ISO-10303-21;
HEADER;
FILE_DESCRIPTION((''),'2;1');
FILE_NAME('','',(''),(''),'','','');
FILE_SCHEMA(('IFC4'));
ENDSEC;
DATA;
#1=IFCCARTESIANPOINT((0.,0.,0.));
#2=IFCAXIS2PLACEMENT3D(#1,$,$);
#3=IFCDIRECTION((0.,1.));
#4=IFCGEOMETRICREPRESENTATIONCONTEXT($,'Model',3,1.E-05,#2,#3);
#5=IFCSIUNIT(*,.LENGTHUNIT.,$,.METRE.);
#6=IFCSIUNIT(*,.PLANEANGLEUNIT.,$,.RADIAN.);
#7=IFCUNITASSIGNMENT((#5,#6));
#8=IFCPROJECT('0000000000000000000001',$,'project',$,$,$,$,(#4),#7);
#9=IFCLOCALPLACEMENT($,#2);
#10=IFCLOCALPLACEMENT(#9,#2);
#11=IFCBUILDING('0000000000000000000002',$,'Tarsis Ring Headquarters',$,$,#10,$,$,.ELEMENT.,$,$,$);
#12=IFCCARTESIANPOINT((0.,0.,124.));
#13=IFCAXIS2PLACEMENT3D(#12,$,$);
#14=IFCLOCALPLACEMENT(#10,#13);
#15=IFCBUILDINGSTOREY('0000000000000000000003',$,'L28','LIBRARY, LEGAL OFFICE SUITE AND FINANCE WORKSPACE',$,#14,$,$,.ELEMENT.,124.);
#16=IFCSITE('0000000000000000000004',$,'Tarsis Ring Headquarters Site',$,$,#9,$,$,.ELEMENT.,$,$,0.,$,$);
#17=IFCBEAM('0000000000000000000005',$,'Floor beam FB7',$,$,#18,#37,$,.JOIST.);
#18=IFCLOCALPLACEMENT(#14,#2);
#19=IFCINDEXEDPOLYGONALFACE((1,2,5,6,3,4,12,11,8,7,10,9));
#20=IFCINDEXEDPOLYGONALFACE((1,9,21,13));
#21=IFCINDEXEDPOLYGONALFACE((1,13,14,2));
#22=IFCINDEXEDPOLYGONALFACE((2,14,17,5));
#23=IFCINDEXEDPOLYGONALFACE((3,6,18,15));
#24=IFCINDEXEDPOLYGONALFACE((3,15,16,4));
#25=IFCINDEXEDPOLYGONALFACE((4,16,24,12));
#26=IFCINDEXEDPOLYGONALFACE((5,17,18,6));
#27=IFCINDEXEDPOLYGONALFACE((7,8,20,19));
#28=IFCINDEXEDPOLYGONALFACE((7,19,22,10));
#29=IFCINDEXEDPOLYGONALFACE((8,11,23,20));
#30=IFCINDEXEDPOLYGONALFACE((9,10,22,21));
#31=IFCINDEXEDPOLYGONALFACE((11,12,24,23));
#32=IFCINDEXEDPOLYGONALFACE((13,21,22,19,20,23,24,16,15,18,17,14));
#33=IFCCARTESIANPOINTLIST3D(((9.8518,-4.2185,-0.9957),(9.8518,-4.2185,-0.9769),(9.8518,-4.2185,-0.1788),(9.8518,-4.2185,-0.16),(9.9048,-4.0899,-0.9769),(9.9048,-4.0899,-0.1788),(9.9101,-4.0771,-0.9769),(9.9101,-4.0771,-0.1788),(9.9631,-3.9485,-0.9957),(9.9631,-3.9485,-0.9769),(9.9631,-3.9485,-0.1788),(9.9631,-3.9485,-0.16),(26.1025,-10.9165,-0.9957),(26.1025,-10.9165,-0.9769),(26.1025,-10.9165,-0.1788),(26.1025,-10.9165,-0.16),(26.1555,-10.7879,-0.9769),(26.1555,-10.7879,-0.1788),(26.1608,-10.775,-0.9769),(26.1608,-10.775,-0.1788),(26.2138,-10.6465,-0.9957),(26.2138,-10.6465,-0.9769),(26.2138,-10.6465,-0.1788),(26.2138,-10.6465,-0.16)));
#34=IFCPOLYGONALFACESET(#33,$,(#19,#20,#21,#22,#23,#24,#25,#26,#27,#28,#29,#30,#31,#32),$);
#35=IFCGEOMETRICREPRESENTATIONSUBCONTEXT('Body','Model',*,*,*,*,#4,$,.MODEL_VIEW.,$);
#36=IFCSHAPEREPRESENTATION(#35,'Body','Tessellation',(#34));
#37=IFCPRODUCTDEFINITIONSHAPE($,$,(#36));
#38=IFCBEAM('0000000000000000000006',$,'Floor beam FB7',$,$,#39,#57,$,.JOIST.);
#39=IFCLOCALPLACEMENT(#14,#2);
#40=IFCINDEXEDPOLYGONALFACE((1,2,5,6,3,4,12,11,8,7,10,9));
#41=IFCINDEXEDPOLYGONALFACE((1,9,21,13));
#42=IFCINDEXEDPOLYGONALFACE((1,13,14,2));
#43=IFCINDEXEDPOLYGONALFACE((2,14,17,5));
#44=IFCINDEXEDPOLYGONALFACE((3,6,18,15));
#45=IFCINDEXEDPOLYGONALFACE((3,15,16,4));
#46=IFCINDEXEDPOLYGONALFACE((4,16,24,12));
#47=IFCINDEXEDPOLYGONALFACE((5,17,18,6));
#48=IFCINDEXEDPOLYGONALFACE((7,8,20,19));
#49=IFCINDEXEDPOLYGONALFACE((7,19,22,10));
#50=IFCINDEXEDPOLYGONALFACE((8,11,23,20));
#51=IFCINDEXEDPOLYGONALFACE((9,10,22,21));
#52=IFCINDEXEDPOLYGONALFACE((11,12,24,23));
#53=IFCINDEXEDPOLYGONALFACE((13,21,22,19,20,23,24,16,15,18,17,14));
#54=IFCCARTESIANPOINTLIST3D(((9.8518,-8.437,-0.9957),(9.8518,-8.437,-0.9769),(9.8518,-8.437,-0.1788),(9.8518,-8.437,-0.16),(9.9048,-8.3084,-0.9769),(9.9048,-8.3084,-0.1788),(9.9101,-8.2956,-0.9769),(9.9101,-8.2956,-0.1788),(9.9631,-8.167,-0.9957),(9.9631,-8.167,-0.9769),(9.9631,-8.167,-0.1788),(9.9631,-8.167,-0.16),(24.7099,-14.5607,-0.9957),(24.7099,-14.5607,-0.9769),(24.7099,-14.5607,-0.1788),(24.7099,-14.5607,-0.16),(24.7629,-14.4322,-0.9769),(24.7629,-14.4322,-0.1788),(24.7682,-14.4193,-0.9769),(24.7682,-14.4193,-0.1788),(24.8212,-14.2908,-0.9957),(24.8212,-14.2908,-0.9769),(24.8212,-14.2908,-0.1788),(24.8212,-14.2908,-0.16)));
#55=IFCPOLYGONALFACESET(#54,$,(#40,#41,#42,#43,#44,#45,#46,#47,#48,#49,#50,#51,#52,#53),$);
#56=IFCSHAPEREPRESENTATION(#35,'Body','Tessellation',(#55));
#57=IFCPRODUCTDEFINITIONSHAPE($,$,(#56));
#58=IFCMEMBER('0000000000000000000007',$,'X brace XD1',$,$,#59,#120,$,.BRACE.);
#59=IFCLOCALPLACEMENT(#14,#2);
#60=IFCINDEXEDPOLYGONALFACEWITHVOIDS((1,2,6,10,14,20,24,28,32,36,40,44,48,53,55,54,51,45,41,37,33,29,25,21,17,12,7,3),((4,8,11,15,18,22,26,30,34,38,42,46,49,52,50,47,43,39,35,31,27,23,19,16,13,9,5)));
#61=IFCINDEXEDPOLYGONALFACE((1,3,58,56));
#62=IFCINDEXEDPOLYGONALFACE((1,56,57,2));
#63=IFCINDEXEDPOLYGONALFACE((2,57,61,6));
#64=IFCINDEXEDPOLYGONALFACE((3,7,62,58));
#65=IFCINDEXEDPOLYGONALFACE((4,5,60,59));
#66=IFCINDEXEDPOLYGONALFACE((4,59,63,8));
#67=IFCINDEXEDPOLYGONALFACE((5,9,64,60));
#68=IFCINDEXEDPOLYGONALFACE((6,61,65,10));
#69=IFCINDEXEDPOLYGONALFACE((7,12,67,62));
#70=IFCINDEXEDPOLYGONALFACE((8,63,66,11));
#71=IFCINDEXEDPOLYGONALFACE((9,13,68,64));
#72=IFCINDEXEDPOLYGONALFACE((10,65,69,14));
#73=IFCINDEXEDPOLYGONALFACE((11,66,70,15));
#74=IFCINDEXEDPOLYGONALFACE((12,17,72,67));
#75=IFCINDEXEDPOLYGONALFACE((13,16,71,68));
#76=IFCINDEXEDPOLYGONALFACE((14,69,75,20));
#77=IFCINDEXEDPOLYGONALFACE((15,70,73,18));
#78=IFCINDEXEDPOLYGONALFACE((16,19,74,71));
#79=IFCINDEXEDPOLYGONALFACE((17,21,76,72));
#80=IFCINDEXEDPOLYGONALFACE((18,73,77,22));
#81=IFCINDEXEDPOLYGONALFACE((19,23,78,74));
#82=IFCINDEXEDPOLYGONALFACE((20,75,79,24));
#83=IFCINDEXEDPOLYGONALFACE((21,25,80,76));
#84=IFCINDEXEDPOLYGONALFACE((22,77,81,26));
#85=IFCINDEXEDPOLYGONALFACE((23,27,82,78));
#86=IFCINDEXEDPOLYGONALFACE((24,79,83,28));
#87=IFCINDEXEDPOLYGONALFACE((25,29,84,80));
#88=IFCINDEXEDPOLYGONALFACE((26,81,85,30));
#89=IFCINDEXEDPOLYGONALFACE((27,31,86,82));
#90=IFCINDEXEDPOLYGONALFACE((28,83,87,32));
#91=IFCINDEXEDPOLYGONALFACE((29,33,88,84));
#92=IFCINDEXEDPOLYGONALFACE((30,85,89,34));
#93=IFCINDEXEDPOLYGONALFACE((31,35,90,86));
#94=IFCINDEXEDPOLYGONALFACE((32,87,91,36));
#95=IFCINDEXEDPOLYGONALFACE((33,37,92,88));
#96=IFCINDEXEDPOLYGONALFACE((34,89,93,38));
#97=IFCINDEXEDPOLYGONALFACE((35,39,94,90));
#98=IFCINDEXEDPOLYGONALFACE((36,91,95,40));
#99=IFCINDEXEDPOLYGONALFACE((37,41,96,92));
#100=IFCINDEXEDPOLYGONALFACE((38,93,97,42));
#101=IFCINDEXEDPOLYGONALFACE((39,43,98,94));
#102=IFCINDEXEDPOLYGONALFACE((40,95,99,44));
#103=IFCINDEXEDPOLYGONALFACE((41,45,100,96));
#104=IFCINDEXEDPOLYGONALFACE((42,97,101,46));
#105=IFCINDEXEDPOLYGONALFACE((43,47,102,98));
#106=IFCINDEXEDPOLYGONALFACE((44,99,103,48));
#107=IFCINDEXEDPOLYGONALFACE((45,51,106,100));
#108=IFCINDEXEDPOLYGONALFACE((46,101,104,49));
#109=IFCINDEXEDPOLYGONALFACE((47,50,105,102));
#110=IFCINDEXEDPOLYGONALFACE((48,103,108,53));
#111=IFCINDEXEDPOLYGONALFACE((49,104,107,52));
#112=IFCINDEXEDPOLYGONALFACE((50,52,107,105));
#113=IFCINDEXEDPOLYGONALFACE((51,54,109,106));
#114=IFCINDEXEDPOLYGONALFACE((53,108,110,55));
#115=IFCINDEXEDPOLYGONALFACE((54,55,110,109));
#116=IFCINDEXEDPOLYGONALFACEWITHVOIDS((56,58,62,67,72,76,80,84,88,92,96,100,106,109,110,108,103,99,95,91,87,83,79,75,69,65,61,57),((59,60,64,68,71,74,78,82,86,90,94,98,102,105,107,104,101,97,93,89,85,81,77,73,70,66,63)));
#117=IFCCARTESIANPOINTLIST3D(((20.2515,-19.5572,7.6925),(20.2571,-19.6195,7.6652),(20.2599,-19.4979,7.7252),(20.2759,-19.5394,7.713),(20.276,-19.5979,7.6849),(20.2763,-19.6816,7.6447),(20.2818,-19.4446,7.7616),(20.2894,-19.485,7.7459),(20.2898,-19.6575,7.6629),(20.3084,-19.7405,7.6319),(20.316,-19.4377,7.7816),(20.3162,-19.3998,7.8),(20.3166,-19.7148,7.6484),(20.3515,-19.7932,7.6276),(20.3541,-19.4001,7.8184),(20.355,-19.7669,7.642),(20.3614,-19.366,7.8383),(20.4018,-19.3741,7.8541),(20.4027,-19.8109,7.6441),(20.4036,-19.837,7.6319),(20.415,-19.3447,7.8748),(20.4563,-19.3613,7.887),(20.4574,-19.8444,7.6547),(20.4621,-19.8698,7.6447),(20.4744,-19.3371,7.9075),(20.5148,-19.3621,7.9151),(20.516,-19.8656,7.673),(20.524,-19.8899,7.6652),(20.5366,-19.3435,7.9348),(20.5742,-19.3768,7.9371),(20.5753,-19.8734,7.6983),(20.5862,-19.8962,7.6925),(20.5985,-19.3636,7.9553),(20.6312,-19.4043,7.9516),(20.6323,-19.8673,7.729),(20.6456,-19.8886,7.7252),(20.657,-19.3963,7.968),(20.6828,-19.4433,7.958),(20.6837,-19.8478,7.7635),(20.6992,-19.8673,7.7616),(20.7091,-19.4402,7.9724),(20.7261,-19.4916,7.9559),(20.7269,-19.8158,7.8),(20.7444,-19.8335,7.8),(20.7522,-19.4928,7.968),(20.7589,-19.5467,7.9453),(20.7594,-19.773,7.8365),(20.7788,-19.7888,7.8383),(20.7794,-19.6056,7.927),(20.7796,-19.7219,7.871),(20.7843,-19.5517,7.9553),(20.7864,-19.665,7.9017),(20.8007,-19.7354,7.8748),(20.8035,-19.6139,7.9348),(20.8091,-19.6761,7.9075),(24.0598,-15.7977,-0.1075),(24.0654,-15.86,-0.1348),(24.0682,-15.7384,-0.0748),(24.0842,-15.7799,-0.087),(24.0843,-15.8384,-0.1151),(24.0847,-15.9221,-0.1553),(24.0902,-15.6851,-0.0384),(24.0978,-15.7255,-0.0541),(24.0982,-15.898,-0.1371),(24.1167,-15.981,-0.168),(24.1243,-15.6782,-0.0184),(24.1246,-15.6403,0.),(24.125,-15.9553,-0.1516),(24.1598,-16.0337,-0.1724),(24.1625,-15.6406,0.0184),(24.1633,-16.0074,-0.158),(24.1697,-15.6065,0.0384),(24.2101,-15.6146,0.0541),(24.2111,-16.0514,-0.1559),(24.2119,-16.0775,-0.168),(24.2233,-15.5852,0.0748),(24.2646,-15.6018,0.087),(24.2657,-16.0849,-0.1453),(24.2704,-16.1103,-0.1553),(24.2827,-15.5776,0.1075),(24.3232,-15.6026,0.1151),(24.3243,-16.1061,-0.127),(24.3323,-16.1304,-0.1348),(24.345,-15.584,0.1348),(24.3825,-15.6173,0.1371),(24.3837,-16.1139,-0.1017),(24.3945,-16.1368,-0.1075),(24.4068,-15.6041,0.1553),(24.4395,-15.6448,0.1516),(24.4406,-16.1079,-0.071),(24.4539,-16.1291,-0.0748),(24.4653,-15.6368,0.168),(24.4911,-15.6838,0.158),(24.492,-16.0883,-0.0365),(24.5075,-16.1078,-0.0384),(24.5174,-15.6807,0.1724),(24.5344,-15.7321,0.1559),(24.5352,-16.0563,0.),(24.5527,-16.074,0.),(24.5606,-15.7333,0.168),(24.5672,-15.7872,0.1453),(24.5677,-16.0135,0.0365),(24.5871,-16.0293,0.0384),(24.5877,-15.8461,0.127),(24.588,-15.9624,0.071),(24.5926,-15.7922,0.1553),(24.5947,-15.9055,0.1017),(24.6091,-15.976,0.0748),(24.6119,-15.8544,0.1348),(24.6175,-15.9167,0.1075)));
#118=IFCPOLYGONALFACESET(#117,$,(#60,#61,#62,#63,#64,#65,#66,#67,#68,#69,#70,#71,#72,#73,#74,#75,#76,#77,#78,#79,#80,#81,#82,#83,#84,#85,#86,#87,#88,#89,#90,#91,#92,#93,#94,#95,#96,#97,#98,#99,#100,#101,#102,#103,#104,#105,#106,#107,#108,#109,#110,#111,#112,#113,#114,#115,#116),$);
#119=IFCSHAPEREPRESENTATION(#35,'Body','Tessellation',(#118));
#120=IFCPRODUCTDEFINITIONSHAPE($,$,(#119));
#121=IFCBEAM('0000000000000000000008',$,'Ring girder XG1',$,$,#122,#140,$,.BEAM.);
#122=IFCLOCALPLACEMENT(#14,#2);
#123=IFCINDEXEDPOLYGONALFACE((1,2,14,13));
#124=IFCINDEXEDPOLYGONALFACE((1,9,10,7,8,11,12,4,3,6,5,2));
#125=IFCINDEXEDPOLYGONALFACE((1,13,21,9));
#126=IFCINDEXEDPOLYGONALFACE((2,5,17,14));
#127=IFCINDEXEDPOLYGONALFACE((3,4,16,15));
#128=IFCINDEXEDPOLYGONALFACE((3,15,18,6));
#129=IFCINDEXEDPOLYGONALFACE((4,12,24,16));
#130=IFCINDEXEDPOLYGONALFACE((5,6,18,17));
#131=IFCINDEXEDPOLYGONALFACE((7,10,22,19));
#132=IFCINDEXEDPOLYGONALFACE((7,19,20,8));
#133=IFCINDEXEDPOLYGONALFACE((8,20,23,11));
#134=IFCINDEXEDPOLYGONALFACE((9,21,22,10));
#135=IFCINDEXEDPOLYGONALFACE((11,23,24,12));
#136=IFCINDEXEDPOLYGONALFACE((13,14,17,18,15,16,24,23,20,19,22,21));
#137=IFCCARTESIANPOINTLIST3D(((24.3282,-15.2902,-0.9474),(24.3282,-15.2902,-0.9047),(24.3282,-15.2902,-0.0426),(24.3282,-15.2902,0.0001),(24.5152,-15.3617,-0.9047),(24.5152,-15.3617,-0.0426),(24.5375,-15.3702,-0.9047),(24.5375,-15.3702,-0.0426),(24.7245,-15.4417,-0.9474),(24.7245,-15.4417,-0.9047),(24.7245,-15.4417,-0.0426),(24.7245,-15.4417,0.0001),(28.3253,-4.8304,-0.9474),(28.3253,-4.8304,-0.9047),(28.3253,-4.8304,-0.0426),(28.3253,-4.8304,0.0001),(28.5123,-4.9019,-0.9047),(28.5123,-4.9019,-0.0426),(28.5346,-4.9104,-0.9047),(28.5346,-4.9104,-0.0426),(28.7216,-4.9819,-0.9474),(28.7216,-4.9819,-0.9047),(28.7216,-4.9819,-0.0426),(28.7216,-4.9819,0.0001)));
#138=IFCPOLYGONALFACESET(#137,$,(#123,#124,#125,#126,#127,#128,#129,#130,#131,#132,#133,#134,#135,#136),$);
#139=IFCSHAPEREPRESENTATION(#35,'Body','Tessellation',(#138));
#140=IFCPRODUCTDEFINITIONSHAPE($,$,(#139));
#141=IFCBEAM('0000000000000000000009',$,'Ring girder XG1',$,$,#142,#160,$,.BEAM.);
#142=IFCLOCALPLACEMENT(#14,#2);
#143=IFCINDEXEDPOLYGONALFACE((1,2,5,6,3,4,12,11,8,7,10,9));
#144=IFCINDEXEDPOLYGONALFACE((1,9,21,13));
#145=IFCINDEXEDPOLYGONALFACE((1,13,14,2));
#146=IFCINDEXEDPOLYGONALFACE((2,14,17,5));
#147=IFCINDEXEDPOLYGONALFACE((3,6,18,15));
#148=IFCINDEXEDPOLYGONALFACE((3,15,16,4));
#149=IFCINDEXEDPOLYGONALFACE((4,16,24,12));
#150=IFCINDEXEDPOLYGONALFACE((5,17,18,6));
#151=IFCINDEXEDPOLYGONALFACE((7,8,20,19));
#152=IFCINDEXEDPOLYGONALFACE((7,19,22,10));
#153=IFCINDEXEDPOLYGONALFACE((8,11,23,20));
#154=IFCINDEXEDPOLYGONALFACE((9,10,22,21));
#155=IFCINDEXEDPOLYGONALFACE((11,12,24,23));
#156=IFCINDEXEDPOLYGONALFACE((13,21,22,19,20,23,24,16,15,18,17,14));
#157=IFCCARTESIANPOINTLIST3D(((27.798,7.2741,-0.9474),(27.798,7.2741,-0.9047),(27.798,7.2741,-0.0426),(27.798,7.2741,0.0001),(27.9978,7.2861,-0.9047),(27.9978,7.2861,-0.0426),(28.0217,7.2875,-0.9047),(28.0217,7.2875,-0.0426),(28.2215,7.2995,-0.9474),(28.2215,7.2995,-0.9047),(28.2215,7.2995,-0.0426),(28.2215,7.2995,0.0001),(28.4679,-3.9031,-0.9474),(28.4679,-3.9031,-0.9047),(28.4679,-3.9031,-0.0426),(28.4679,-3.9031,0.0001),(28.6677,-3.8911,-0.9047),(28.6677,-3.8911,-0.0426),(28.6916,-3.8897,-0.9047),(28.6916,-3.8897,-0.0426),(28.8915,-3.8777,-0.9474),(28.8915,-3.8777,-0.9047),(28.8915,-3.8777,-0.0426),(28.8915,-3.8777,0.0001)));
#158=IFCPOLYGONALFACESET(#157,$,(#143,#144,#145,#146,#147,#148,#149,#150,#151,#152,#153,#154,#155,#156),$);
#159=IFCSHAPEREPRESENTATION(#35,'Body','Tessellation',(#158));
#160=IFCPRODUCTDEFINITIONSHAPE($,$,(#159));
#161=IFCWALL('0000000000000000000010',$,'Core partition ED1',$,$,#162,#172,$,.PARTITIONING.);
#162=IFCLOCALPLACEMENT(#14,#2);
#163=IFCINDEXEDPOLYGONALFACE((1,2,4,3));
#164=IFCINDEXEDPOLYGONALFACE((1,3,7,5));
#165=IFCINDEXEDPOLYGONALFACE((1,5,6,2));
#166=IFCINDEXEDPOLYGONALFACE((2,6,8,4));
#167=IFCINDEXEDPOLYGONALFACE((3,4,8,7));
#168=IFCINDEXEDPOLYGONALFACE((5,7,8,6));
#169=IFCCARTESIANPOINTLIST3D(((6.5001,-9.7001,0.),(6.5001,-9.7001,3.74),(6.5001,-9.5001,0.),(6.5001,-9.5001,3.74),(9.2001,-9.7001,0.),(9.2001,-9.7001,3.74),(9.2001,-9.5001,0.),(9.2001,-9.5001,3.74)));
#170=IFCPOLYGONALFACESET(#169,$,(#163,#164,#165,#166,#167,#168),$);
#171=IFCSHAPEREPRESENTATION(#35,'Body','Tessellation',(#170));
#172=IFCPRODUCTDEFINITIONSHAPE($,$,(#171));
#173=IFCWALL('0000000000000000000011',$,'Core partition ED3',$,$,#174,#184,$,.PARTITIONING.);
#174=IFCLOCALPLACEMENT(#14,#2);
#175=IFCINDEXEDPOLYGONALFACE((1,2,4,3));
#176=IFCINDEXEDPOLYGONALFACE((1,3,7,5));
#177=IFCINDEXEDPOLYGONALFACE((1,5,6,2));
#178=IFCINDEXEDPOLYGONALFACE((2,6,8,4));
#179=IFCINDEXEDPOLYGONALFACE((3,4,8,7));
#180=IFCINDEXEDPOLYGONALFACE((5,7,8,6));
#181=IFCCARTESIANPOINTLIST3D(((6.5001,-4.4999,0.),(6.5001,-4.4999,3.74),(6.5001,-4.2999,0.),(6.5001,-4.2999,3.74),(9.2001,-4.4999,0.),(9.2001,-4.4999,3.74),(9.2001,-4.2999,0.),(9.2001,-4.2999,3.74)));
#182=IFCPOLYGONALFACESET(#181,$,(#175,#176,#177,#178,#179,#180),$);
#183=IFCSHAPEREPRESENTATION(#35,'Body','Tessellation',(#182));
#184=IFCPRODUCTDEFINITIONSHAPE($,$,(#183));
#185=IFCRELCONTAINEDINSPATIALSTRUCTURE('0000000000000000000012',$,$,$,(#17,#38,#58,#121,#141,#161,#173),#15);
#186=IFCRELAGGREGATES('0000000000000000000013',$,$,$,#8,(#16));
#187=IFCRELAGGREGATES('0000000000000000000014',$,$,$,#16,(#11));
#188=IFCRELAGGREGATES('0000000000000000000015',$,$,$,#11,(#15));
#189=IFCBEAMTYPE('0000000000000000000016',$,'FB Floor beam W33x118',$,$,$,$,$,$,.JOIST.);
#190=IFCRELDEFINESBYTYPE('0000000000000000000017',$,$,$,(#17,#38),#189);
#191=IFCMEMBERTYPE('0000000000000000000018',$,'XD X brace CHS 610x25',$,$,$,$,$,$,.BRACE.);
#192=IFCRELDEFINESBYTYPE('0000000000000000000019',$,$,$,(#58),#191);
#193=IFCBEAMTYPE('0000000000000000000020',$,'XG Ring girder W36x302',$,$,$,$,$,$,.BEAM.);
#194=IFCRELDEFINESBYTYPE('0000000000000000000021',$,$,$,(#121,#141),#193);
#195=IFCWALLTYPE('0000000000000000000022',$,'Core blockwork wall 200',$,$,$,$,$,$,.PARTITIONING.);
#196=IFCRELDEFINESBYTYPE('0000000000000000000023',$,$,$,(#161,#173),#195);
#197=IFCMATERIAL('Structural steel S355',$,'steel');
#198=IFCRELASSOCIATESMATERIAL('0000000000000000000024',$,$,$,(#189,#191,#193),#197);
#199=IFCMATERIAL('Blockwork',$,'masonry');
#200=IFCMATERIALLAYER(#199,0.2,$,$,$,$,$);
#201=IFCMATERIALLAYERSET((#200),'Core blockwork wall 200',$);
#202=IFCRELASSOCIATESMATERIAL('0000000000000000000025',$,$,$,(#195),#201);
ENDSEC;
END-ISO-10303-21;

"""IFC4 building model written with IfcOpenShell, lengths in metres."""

from ifc_helpers import new_model, si_unit, direction, frame, frame_2d, origin, origin_2d, place, context, subcontext, project, spatial, rectangle, hollow_circle, i_section, extrude, material, layer, layer_set, material_profile, profile_set, type_object, element, save


model = new_model("IFC4")

# Units and contexts
model_context = context("Model", 3, precision=1e-05, world=origin(), true_north=direction((0.0, 1.0)))
body_context = subcontext(model_context, "Body", "Model", "MODEL_VIEW")
ifc_project = project(units=[si_unit("LENGTHUNIT", "METRE"), si_unit("PLANEANGLEUNIT", "RADIAN")], contexts=[model_context])

# Site, building, storey
site_placement = place(None, origin())
site = spatial("IfcSite", under=ifc_project, at=site_placement, Name="Tarsis Ring Headquarters Site", CompositionType="ELEMENT", RefElevation=0.0)
building_placement = place(site_placement, origin())
building = spatial("IfcBuilding", under=site, at=building_placement, Name="Tarsis Ring Headquarters", CompositionType="ELEMENT")
storey_placement = place(building_placement, frame((0.0, 0.0, 124.0)))
storey = spatial("IfcBuildingStorey", under=building, at=storey_placement, Name="L28", Description="LIBRARY, LEGAL OFFICE SUITE AND FINANCE WORKSPACE", CompositionType="ELEMENT", Elevation=124.0)

# Shared definitions
ifc_material_1 = material(Name="Structural steel S355", Category="steel")

# Beams
ifc_material_profile_1 = material_profile(ifc_material_1, i_section(OverallWidth=0.292, OverallDepth=0.8357, WebThickness=0.0139, FlangeThickness=0.0188, at=origin_2d()), Name="W33x118")
ifc_profile_set_1 = profile_set([ifc_material_profile_1], Name="Structural steel S355")
beam_type_1 = type_object("IfcBeamType", Name="FB Floor beam W33x118", PredefinedType="JOIST", material=ifc_profile_set_1)
beam_1_placement = place(storey_placement, frame((9.9075, -4.0835, -0.5779), z_axis=(0.924547, -0.381067, 0.0), x_axis=(0.381067, 0.924547, 0.0)))
element("IfcBeam", 1, at=beam_1_placement, inside=storey, type_object=beam_type_1, Name="Floor beam FB7", PredefinedType="JOIST", context=body_context, shape_type="SweptSolid", body=[
    extrude(i_section(OverallWidth=0.292, OverallDepth=0.8357, WebThickness=0.0139, FlangeThickness=0.0188, at=origin_2d()), origin(), (0.0, 0.0, 1.0), 17.5769),
])
beam_2_placement = place(storey_placement, frame((9.9075, -8.302, -0.5779), z_axis=(0.924553, -0.381054, 0.0), x_axis=(0.381054, 0.924553, 0.0)))
element("IfcBeam", 2, at=beam_2_placement, inside=storey, type_object=beam_type_1, Name="Floor beam FB7", PredefinedType="JOIST", context=body_context, shape_type="SweptSolid", body=[
    extrude(i_section(OverallWidth=0.292, OverallDepth=0.8357, WebThickness=0.0139, FlangeThickness=0.0188, at=origin_2d()), origin(), (0.0, 0.0, 1.0), 16.0706),
])

# Member
ifc_material_profile_2 = material_profile(ifc_material_1, hollow_circle(Radius=0.3047, WallThickness=0.0249, at=origin_2d()), Name="CHS 610x25")
ifc_profile_set_2 = profile_set([ifc_material_profile_2], Name="Structural steel S355")
member_type = type_object("IfcMemberType", Name="XD X brace CHS 610x25", PredefinedType="BRACE", material=ifc_profile_set_2)
member_placement = place(storey_placement, frame((24.3386, -15.8572, 0.0), z_axis=(-0.402604, -0.397442, 0.824591), x_axis=(0.70253, -0.711654, 0.0)))
element("IfcMember", 3, at=member_placement, inside=storey, type_object=member_type, Name="X brace XD1", PredefinedType="BRACE", context=body_context, shape_type="SweptSolid", body=[
    extrude(hollow_circle(Radius=0.3047, WallThickness=0.0249, at=origin_2d()), origin(), (0.0, 0.0, 1.0), 9.4592),
])

# Beams
ifc_material_profile_3 = material_profile(ifc_material_1, i_section(OverallWidth=0.4243, OverallDepth=0.9475, WebThickness=0.0239, FlangeThickness=0.0427, at=origin_2d()), Name="W36x302")
ifc_profile_set_3 = profile_set([ifc_material_profile_3], Name="Structural steel S355")
beam_type_2 = type_object("IfcBeamType", Name="XG Ring girder W36x302", PredefinedType="BEAM", material=ifc_profile_set_3)
beam_3_placement = place(storey_placement, frame((24.5264, -15.366, -0.4736), z_axis=(0.356963, 0.934118, 0.0), x_axis=(-0.934118, 0.356963, 0.0)))
element("IfcBeam", 4, at=beam_3_placement, inside=storey, type_object=beam_type_2, Name="Ring girder XG1", PredefinedType="BEAM", context=body_context, shape_type="SweptSolid", body=[
    extrude(i_section(OverallWidth=0.4243, OverallDepth=0.9475, WebThickness=0.0239, FlangeThickness=0.0427, at=origin_2d()), origin(), (0.0, 0.0, 1.0), 11.1975),
])
beam_4_placement = place(storey_placement, frame((28.6797, -3.8904, -0.4736), z_axis=(-0.059829, 0.998209, 0.0), x_axis=(-0.998209, -0.059829, 0.0)))
element("IfcBeam", 5, at=beam_4_placement, inside=storey, type_object=beam_type_2, Name="Ring girder XG1", PredefinedType="BEAM", context=body_context, shape_type="SweptSolid", body=[
    extrude(i_section(OverallWidth=0.4243, OverallDepth=0.9475, WebThickness=0.0239, FlangeThickness=0.0427, at=origin_2d()), origin(), (0.0, 0.0, 1.0), 11.1973),
])

# Walls
ifc_material_2 = material(Name="Blockwork", Category="masonry")
ifc_layer_1 = layer(ifc_material_2, 0.2)
ifc_layer_set_1 = layer_set([ifc_layer_1], Name="Core blockwork wall 200")
wall_type_1 = type_object("IfcWallType", Name="Core blockwork wall 200", PredefinedType="PARTITIONING", material=ifc_layer_set_1)
for number, where, z_axis, x_axis, name in (
    (6, (6.5, -9.6001, 0.0), (0.0, 0.0, 1.0), (1.0, 0.0, 0.0), "Core partition ED1"),
    (7, (6.5, -4.3999, 0.0), (0.0, 0.0, 1.0), (1.0, 0.0, 0.0), "Core partition ED3"),
):
    element("IfcWall", number, at=place(storey_placement, frame(where, z_axis=z_axis, x_axis=x_axis)), inside=storey, type_object=wall_type_1, Name=name, PredefinedType="PARTITIONING", context=body_context, shape_type="SweptSolid", body=[
        extrude(rectangle(XDim=2.7, YDim=0.2, at=frame_2d((1.3501, 0.0))), origin(), (0.0, 0.0, 1.0), 3.74),
    ])

save(model, "model.ifc")
